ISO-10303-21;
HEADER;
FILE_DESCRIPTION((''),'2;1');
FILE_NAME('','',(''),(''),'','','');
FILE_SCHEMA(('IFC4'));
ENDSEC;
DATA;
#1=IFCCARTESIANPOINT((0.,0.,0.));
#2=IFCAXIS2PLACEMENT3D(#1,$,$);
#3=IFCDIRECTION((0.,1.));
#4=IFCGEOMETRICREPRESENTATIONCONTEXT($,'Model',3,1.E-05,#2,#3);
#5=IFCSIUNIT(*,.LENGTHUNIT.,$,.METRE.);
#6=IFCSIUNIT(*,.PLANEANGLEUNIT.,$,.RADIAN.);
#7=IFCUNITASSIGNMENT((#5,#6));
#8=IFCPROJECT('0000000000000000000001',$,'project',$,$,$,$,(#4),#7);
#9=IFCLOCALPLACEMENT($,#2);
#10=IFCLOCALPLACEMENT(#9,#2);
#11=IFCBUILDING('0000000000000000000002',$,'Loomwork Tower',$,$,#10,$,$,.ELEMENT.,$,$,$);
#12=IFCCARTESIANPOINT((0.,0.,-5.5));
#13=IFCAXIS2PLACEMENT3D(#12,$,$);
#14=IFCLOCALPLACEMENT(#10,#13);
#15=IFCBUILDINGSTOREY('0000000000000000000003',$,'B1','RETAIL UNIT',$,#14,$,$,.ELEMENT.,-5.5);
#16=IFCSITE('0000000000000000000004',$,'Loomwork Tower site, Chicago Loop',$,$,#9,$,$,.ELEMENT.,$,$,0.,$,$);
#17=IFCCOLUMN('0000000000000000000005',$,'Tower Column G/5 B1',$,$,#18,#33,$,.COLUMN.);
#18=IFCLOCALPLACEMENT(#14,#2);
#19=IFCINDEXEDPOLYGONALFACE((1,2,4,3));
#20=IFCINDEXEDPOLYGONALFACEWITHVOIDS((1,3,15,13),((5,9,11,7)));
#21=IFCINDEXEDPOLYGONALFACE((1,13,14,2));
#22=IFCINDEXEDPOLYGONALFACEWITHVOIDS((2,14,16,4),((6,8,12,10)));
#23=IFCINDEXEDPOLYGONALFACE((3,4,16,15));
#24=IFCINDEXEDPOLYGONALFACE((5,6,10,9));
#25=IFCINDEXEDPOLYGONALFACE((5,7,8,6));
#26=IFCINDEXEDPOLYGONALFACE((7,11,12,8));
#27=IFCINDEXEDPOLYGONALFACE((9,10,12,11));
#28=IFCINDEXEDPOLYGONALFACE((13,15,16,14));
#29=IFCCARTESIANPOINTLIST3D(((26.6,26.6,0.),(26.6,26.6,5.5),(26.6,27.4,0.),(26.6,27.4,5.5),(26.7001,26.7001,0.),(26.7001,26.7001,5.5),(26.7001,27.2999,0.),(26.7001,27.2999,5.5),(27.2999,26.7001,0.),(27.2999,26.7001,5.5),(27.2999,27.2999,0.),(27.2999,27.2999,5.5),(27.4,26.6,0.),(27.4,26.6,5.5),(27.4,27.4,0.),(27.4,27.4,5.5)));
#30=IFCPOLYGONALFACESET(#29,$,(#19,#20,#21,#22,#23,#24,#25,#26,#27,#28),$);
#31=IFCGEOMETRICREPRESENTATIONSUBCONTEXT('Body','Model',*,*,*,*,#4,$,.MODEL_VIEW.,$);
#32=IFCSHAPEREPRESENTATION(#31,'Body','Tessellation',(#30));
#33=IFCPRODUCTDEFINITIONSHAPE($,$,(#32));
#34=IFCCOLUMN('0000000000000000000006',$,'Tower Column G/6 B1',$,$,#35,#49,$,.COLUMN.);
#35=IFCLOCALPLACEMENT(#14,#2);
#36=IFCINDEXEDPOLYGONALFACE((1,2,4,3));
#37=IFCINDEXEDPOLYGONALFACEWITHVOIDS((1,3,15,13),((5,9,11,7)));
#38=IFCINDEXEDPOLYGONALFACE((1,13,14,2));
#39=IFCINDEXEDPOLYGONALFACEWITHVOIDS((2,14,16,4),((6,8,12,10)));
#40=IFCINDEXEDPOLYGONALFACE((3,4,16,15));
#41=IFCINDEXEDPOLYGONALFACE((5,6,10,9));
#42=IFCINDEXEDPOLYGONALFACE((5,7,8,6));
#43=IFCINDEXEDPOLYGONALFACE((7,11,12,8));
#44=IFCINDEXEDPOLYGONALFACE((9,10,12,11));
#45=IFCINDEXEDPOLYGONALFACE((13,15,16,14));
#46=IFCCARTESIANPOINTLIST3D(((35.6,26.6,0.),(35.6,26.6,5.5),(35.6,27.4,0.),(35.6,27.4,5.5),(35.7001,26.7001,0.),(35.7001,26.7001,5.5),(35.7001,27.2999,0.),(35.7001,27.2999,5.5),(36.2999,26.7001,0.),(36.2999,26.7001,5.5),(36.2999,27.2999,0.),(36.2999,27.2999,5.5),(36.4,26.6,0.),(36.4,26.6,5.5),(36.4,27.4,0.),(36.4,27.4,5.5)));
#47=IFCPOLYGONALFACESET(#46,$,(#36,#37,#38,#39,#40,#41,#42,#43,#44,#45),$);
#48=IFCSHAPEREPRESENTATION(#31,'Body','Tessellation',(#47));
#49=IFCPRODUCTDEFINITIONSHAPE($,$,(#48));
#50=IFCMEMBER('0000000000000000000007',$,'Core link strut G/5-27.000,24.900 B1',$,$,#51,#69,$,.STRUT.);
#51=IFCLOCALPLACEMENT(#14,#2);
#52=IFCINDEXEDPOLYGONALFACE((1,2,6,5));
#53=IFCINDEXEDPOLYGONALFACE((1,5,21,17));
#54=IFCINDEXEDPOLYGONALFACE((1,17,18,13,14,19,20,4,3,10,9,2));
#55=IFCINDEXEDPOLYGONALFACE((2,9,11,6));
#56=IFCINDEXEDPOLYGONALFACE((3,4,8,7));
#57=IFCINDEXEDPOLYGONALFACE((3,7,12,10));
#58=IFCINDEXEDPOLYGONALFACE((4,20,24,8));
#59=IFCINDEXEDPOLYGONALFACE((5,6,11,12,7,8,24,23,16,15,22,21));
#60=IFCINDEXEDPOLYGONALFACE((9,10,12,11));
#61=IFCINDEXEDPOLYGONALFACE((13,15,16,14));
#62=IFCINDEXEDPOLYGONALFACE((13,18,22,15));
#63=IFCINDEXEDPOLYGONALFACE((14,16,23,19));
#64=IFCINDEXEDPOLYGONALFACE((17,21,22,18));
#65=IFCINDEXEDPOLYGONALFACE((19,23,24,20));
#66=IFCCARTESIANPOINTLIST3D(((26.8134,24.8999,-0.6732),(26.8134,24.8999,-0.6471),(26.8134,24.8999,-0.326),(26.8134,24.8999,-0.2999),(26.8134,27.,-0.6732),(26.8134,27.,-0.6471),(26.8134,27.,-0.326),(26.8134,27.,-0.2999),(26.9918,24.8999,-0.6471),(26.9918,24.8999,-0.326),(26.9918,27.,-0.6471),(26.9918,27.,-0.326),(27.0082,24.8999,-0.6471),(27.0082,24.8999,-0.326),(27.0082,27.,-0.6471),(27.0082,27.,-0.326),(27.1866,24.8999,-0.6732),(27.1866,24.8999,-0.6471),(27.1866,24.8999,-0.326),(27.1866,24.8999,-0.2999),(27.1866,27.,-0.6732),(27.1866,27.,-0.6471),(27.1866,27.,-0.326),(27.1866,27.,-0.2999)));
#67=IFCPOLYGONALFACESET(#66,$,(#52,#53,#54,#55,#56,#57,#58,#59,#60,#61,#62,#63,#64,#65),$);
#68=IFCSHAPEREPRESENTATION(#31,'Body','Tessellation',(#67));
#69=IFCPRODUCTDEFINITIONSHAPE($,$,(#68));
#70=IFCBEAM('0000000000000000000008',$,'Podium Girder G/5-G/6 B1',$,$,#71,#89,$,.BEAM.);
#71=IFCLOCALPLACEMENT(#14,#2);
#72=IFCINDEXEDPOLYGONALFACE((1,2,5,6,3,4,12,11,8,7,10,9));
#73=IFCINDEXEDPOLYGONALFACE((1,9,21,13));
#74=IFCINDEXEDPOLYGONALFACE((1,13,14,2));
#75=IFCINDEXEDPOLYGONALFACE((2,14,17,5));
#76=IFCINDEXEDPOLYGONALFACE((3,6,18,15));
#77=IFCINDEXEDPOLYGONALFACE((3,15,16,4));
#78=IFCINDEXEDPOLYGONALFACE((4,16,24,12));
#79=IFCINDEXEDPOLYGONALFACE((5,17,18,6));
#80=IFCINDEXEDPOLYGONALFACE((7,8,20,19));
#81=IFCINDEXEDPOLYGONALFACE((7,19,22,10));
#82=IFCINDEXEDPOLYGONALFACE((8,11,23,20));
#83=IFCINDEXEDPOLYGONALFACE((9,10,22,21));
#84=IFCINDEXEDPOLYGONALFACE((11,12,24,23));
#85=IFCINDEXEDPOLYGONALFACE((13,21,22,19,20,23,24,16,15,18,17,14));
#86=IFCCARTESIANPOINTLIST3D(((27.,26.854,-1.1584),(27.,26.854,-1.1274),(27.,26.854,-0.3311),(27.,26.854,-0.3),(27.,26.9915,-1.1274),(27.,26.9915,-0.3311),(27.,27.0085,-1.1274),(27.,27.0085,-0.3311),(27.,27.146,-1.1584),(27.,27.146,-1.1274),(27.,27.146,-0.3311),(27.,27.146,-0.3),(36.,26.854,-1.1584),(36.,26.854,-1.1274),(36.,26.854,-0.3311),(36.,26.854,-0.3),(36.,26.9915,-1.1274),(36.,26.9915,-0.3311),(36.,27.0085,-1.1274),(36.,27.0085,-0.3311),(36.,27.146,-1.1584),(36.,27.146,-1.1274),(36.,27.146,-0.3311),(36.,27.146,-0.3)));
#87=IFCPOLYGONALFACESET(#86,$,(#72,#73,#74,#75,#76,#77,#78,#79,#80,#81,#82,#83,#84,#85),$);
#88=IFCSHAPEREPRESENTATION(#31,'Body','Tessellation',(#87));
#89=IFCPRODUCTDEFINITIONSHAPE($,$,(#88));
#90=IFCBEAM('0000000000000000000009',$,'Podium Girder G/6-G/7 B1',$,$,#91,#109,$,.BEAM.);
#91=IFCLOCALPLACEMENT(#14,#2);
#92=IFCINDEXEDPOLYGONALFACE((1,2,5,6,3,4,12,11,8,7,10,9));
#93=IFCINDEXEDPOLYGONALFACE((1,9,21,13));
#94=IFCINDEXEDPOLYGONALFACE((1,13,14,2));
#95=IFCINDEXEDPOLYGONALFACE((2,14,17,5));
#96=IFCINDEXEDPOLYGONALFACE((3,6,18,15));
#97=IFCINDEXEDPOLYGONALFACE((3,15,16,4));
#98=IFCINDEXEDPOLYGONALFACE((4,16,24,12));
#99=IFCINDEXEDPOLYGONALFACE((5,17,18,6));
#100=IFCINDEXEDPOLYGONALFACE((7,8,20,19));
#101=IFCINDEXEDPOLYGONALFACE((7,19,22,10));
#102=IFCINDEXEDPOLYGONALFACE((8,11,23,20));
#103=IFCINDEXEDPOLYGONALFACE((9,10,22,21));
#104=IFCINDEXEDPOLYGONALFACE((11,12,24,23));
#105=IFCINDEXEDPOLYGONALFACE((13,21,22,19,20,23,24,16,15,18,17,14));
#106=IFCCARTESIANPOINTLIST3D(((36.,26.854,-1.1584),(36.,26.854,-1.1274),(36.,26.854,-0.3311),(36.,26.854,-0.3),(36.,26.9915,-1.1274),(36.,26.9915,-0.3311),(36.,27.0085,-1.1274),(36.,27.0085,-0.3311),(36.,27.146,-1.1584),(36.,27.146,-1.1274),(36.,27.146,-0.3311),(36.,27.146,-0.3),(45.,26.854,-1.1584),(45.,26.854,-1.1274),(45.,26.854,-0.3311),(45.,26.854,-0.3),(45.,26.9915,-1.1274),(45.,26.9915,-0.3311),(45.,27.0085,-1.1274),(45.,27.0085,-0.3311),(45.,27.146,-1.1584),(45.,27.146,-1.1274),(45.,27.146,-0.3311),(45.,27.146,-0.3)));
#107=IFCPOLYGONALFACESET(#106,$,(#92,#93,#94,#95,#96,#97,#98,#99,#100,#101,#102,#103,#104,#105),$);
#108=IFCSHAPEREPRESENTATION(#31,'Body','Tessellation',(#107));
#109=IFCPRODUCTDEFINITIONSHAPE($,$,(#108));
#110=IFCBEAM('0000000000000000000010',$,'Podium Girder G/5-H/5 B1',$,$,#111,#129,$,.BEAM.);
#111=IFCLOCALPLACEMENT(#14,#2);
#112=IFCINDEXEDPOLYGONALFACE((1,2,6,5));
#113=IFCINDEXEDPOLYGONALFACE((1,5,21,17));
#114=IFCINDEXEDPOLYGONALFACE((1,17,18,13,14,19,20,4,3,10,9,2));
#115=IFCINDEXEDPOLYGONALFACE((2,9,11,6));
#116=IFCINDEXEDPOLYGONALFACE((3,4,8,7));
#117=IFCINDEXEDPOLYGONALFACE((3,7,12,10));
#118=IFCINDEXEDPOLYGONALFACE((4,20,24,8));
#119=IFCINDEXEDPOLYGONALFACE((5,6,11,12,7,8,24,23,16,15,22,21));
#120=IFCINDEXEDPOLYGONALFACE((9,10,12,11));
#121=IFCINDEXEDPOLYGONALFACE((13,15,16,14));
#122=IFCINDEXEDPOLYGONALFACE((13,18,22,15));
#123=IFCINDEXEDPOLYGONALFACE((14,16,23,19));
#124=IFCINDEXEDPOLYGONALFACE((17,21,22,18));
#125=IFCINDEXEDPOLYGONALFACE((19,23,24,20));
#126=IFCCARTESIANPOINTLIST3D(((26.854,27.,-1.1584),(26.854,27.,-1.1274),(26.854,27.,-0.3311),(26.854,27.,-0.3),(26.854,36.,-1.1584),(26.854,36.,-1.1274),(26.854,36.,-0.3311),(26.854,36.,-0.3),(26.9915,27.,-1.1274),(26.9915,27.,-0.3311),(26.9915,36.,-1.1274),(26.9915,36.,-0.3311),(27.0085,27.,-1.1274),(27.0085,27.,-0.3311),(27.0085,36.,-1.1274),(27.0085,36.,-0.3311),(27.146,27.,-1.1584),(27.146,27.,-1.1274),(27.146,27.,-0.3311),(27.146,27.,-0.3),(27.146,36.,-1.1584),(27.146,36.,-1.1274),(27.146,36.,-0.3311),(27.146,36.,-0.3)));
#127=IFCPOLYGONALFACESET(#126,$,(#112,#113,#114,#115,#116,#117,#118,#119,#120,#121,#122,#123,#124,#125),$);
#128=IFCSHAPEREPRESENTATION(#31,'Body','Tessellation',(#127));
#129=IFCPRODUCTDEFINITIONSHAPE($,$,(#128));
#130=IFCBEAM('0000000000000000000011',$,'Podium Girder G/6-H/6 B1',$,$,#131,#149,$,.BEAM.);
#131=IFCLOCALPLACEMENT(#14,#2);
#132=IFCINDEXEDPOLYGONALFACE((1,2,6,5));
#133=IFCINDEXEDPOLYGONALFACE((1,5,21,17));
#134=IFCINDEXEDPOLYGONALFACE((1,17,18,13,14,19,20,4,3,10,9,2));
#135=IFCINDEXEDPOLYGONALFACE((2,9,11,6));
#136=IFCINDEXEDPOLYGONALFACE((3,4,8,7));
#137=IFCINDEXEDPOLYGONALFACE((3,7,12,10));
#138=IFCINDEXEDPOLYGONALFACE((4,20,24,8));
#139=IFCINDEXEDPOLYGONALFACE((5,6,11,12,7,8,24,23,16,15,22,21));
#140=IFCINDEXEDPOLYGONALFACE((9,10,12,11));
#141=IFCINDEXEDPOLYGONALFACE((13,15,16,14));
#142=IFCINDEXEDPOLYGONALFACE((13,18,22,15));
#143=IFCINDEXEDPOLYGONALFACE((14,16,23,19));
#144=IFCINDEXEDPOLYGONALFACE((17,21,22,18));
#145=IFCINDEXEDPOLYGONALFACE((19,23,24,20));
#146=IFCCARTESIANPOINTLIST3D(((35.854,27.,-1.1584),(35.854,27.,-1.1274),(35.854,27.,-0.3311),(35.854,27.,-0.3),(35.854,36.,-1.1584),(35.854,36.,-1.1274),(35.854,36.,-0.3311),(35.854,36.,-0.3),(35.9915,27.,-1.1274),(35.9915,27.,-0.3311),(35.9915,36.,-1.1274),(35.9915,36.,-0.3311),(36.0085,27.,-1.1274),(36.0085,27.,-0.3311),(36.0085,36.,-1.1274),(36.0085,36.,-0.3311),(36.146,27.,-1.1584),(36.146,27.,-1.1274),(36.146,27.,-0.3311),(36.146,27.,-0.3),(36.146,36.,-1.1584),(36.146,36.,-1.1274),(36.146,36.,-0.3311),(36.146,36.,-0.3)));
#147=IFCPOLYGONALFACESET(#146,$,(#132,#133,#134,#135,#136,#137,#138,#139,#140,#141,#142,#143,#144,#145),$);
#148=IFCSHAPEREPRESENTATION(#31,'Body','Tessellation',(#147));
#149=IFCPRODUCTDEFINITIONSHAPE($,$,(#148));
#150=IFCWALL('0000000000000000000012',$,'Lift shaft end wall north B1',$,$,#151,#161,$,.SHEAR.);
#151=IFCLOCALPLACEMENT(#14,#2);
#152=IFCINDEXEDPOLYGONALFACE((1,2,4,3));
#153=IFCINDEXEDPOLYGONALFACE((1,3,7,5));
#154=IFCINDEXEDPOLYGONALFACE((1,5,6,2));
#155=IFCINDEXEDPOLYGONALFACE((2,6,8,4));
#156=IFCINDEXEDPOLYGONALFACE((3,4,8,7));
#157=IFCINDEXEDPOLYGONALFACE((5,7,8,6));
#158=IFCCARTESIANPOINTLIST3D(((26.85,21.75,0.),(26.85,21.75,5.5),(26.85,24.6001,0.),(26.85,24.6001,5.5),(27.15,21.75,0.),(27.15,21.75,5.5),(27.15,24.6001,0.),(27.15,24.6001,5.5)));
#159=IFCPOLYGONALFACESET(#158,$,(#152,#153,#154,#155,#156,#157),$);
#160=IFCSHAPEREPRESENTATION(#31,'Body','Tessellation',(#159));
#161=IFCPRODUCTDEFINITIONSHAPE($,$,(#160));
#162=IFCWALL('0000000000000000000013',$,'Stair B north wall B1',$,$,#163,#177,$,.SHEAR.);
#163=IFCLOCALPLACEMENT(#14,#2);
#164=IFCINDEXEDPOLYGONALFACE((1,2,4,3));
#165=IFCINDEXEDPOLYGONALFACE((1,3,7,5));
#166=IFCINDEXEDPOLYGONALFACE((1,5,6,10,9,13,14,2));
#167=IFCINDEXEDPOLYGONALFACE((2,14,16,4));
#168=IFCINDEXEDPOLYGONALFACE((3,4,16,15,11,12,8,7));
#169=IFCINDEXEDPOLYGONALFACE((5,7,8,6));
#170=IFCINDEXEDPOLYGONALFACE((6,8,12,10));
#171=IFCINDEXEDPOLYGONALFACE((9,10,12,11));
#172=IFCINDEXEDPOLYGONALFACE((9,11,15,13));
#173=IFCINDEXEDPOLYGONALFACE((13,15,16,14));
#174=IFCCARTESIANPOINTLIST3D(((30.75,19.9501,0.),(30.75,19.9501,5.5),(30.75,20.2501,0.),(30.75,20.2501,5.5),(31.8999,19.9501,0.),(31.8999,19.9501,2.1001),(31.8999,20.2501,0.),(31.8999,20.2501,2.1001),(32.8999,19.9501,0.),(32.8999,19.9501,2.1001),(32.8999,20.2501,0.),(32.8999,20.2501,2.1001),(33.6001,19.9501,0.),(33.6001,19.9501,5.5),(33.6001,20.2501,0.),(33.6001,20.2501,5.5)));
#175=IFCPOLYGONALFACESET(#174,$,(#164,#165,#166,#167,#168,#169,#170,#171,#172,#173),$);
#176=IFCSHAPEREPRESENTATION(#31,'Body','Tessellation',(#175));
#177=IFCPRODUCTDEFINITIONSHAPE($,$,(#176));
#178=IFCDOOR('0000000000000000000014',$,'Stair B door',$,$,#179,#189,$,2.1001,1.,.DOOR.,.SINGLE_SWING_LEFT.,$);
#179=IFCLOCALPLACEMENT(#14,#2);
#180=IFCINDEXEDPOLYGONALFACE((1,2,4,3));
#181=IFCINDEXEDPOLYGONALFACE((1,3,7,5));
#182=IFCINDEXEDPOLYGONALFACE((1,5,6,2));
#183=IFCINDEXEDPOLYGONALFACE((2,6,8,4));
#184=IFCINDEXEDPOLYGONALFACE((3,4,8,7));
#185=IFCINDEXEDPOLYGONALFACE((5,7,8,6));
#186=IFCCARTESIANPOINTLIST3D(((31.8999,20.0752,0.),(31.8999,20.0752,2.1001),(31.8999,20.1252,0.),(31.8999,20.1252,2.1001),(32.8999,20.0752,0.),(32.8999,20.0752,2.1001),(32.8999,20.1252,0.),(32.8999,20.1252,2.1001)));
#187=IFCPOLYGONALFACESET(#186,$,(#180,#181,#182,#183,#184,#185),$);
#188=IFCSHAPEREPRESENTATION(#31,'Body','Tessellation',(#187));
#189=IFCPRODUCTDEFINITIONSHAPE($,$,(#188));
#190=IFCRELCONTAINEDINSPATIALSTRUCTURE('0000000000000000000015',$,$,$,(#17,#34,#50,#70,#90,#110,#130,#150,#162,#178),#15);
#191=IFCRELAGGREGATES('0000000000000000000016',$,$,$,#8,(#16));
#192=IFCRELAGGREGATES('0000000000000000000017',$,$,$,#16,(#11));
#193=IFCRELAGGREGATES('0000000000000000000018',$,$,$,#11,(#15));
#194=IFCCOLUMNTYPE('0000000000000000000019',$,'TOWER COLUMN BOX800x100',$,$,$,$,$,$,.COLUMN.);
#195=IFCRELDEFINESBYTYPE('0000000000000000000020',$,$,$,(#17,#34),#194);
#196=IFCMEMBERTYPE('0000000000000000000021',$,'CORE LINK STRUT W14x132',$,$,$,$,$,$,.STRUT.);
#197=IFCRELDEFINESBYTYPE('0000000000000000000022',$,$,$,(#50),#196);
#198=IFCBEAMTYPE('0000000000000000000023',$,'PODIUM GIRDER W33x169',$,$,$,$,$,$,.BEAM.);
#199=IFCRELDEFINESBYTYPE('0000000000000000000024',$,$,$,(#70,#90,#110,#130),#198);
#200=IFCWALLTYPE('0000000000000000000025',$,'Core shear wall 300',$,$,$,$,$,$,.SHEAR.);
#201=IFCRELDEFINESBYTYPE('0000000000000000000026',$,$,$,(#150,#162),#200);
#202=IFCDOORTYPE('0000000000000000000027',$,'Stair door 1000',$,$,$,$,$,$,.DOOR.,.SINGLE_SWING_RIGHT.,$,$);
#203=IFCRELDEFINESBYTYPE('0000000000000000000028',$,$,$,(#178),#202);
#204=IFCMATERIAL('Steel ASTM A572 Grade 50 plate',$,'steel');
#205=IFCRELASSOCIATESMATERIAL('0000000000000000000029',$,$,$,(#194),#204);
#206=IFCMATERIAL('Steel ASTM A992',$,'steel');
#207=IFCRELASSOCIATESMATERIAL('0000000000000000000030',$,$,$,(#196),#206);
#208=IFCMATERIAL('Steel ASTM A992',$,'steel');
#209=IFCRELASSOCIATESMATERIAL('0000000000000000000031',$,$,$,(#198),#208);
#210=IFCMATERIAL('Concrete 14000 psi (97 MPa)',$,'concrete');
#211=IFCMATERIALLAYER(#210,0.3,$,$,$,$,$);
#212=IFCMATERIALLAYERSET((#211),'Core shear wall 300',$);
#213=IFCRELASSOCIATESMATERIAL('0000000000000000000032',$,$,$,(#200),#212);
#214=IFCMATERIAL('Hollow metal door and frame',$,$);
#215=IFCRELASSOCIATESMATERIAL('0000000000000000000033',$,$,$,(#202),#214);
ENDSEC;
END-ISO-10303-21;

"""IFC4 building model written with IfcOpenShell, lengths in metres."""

from ifc_helpers import new_model, si_unit, direction, frame, frame_2d, origin, origin_2d, place, context, subcontext, project, spatial, rectangle, hollow_rectangle, i_section, extrude, material, layer, layer_set, material_profile, profile_set, type_object, element, fill, save


model = new_model("IFC4")

# Units and contexts
model_context = context("Model", 3, precision=1e-05, world=origin(), true_north=direction((0.0, 1.0)))
body_context = subcontext(model_context, "Body", "Model", "MODEL_VIEW")
ifc_project = project(units=[si_unit("LENGTHUNIT", "METRE"), si_unit("PLANEANGLEUNIT", "RADIAN")], contexts=[model_context])

# Site, building, storey
site_placement = place(None, origin())
site = spatial("IfcSite", under=ifc_project, at=site_placement, Name="Loomwork Tower site, Chicago Loop", CompositionType="ELEMENT", RefElevation=0.0)
building_placement = place(site_placement, origin())
building = spatial("IfcBuilding", under=site, at=building_placement, Name="Loomwork Tower", CompositionType="ELEMENT")
storey_placement = place(building_placement, frame((0.0, 0.0, -5.5)))
storey = spatial("IfcBuildingStorey", under=building, at=storey_placement, Name="B1", Description="RETAIL UNIT", CompositionType="ELEMENT", Elevation=-5.5)

# Columns
ifc_material_1 = material(Name="Steel ASTM A572 Grade 50 plate", Category="steel")
ifc_material_profile_1 = material_profile(ifc_material_1, hollow_rectangle(XDim=0.8, YDim=0.8, WallThickness=0.1001, at=origin_2d()), Name="BOX800x100")
ifc_profile_set_1 = profile_set([ifc_material_profile_1], Name="Steel ASTM A572 Grade 50 plate")
column_type = type_object("IfcColumnType", Name="TOWER COLUMN BOX800x100", PredefinedType="COLUMN", material=ifc_profile_set_1)
for number, where, z_axis, x_axis, name in (
    (1, (27.0, 27.0, 0.0), (0.0, 0.0, 1.0), (1.0, 0.0, 0.0), "Tower Column G/5 B1"),
    (2, (36.0, 27.0, 0.0), (0.0, 0.0, 1.0), (1.0, 0.0, 0.0), "Tower Column G/6 B1"),
):
    element("IfcColumn", number, at=place(storey_placement, frame(where, z_axis=z_axis, x_axis=x_axis)), inside=storey, type_object=column_type, Name=name, PredefinedType="COLUMN", context=body_context, shape_type="SweptSolid", body=[
        extrude(hollow_rectangle(XDim=0.8, YDim=0.8, WallThickness=0.1001, at=origin_2d()), origin(), (0.0, 0.0, 1.0), 5.5),
    ])

# Member
ifc_material_2 = material(Name="Steel ASTM A992", Category="steel")
ifc_material_profile_2 = material_profile(ifc_material_2, i_section(OverallWidth=0.3733, OverallDepth=0.3733, WebThickness=0.0164, FlangeThickness=0.0261, at=origin_2d()), Name="W14x132")
ifc_profile_set_2 = profile_set([ifc_material_profile_2], Name="Steel ASTM A992")
member_type = type_object("IfcMemberType", Name="CORE LINK STRUT W14x132", PredefinedType="STRUT", material=ifc_profile_set_2)
member_placement = place(storey_placement, frame((27.0, 27.0, -0.4866), z_axis=(0.0, -1.0, 0.0), x_axis=(1.0, 0.0, 0.0)))
element("IfcMember", 3, at=member_placement, inside=storey, type_object=member_type, Name="Core link strut G/5-27.000,24.900 B1", PredefinedType="STRUT", context=body_context, shape_type="SweptSolid", body=[
    extrude(i_section(OverallWidth=0.3733, OverallDepth=0.3733, WebThickness=0.0164, FlangeThickness=0.0261, at=origin_2d()), origin(), (0.0, 0.0, 1.0), 2.1001),
])

# Beams
ifc_material_3 = material(Name="Steel ASTM A992", Category="steel")
ifc_material_profile_3 = material_profile(ifc_material_3, i_section(OverallWidth=0.292, OverallDepth=0.8584, WebThickness=0.0171, FlangeThickness=0.031, at=origin_2d()), Name="W33x169")
ifc_profile_set_3 = profile_set([ifc_material_profile_3], Name="Steel ASTM A992")
beam_type = type_object("IfcBeamType", Name="PODIUM GIRDER W33x169", PredefinedType="BEAM", material=ifc_profile_set_3)
for number, where, z_axis, x_axis, name in (
    (4, (27.0, 27.0, -0.7292), (1.0, 0.0, 0.0), (0.0, 1.0, 0.0), "Podium Girder G/5-G/6 B1"),
    (5, (36.0, 27.0, -0.7292), (1.0, 0.0, 0.0), (0.0, 1.0, 0.0), "Podium Girder G/6-G/7 B1"),
    (6, (27.0, 27.0, -0.7292), (0.0, 1.0, 0.0), (-1.0, 0.0, 0.0), "Podium Girder G/5-H/5 B1"),
    (7, (36.0, 27.0, -0.7292), (0.0, 1.0, 0.0), (-1.0, 0.0, 0.0), "Podium Girder G/6-H/6 B1"),
):
    element("IfcBeam", number, at=place(storey_placement, frame(where, z_axis=z_axis, x_axis=x_axis)), inside=storey, type_object=beam_type, Name=name, PredefinedType="BEAM", context=body_context, shape_type="SweptSolid", body=[
        extrude(i_section(OverallWidth=0.292, OverallDepth=0.8584, WebThickness=0.0171, FlangeThickness=0.031, at=origin_2d()), origin(), (0.0, 0.0, 1.0), 9.0),
    ])

# Wall
ifc_material_4 = material(Name="Concrete 14000 psi (97 MPa)", Category="concrete")
ifc_layer_1 = layer(ifc_material_4, 0.3)
ifc_layer_set_1 = layer_set([ifc_layer_1], Name="Core shear wall 300")
wall_type_1 = type_object("IfcWallType", Name="Core shear wall 300", PredefinedType="SHEAR", material=ifc_layer_set_1)
wall_1_placement = place(storey_placement, frame((27.0, 21.75, 0.0), z_axis=(0.0, 0.0, 1.0), x_axis=(0.0, 1.0, 0.0)))
element("IfcWall", 8, at=wall_1_placement, inside=storey, type_object=wall_type_1, Name="Lift shaft end wall north B1", PredefinedType="SHEAR", context=body_context, shape_type="SweptSolid", body=[
    extrude(rectangle(XDim=2.8501, YDim=0.3, at=frame_2d((1.425, 0.0))), origin(), (0.0, 0.0, 1.0), 5.5),
])

# Wall, opening, door
wall_2_placement = place(storey_placement, frame((30.75, 20.1001, 0.0), z_axis=(0.0, 0.0, 1.0), x_axis=(1.0, 0.0, 0.0)))
wall_2 = element("IfcWall", 9, at=wall_2_placement, inside=storey, type_object=wall_type_1, Name="Stair B north wall B1", PredefinedType="SHEAR", context=body_context, shape_type="SweptSolid", body=[
    extrude(rectangle(XDim=2.8501, YDim=0.3, at=frame_2d((1.425, 0.0))), origin(), (0.0, 0.0, 1.0), 5.5),
])
opening_1_placement = place(wall_2_placement, frame((1.1499, 0.0, 0.0)))
opening_1 = element("IfcOpeningElement", 10, at=opening_1_placement, cuts=wall_2, PredefinedType="OPENING", context=body_context, shape_type="SweptSolid", body=[
    extrude(rectangle(XDim=1.0, YDim=2.1001, at=frame_2d((0.5, 1.05))), frame((0.0, 0.1599, 0.0), z_axis=(0.0, -1.0, 0.0), x_axis=(1.0, 0.0, 0.0)), (0.0, 0.0, 1.0), 0.3201),
])
ifc_material_5 = material(Name="Hollow metal door and frame")
door_type_1 = type_object("IfcDoorType", Name="Stair door 1000", OperationType="SINGLE_SWING_RIGHT", PredefinedType="DOOR", material=ifc_material_5)
door_1_placement = place(opening_1_placement, frame((1.0, 0.0, 0.0), z_axis=(0.0, 0.0, 1.0), x_axis=(-1.0, 0.0, 0.0)))
door_1 = element("IfcDoor", 11, at=door_1_placement, inside=storey, type_object=door_type_1, Name="Stair B door", OperationType="SINGLE_SWING_LEFT", OverallHeight=2.1001, OverallWidth=1.0, PredefinedType="DOOR", context=body_context, shape_type="SweptSolid", body=[
    extrude(rectangle(XDim=1.0, YDim=2.1001, at=frame_2d((0.5, 1.05))), frame((0.0, 0.0249, 0.0), z_axis=(0.0, -1.0, 0.0), x_axis=(1.0, 0.0, 0.0)), (0.0, 0.0, 1.0), 0.05),
])
fill(opening_1, door_1)

save(model, "model.ifc")
